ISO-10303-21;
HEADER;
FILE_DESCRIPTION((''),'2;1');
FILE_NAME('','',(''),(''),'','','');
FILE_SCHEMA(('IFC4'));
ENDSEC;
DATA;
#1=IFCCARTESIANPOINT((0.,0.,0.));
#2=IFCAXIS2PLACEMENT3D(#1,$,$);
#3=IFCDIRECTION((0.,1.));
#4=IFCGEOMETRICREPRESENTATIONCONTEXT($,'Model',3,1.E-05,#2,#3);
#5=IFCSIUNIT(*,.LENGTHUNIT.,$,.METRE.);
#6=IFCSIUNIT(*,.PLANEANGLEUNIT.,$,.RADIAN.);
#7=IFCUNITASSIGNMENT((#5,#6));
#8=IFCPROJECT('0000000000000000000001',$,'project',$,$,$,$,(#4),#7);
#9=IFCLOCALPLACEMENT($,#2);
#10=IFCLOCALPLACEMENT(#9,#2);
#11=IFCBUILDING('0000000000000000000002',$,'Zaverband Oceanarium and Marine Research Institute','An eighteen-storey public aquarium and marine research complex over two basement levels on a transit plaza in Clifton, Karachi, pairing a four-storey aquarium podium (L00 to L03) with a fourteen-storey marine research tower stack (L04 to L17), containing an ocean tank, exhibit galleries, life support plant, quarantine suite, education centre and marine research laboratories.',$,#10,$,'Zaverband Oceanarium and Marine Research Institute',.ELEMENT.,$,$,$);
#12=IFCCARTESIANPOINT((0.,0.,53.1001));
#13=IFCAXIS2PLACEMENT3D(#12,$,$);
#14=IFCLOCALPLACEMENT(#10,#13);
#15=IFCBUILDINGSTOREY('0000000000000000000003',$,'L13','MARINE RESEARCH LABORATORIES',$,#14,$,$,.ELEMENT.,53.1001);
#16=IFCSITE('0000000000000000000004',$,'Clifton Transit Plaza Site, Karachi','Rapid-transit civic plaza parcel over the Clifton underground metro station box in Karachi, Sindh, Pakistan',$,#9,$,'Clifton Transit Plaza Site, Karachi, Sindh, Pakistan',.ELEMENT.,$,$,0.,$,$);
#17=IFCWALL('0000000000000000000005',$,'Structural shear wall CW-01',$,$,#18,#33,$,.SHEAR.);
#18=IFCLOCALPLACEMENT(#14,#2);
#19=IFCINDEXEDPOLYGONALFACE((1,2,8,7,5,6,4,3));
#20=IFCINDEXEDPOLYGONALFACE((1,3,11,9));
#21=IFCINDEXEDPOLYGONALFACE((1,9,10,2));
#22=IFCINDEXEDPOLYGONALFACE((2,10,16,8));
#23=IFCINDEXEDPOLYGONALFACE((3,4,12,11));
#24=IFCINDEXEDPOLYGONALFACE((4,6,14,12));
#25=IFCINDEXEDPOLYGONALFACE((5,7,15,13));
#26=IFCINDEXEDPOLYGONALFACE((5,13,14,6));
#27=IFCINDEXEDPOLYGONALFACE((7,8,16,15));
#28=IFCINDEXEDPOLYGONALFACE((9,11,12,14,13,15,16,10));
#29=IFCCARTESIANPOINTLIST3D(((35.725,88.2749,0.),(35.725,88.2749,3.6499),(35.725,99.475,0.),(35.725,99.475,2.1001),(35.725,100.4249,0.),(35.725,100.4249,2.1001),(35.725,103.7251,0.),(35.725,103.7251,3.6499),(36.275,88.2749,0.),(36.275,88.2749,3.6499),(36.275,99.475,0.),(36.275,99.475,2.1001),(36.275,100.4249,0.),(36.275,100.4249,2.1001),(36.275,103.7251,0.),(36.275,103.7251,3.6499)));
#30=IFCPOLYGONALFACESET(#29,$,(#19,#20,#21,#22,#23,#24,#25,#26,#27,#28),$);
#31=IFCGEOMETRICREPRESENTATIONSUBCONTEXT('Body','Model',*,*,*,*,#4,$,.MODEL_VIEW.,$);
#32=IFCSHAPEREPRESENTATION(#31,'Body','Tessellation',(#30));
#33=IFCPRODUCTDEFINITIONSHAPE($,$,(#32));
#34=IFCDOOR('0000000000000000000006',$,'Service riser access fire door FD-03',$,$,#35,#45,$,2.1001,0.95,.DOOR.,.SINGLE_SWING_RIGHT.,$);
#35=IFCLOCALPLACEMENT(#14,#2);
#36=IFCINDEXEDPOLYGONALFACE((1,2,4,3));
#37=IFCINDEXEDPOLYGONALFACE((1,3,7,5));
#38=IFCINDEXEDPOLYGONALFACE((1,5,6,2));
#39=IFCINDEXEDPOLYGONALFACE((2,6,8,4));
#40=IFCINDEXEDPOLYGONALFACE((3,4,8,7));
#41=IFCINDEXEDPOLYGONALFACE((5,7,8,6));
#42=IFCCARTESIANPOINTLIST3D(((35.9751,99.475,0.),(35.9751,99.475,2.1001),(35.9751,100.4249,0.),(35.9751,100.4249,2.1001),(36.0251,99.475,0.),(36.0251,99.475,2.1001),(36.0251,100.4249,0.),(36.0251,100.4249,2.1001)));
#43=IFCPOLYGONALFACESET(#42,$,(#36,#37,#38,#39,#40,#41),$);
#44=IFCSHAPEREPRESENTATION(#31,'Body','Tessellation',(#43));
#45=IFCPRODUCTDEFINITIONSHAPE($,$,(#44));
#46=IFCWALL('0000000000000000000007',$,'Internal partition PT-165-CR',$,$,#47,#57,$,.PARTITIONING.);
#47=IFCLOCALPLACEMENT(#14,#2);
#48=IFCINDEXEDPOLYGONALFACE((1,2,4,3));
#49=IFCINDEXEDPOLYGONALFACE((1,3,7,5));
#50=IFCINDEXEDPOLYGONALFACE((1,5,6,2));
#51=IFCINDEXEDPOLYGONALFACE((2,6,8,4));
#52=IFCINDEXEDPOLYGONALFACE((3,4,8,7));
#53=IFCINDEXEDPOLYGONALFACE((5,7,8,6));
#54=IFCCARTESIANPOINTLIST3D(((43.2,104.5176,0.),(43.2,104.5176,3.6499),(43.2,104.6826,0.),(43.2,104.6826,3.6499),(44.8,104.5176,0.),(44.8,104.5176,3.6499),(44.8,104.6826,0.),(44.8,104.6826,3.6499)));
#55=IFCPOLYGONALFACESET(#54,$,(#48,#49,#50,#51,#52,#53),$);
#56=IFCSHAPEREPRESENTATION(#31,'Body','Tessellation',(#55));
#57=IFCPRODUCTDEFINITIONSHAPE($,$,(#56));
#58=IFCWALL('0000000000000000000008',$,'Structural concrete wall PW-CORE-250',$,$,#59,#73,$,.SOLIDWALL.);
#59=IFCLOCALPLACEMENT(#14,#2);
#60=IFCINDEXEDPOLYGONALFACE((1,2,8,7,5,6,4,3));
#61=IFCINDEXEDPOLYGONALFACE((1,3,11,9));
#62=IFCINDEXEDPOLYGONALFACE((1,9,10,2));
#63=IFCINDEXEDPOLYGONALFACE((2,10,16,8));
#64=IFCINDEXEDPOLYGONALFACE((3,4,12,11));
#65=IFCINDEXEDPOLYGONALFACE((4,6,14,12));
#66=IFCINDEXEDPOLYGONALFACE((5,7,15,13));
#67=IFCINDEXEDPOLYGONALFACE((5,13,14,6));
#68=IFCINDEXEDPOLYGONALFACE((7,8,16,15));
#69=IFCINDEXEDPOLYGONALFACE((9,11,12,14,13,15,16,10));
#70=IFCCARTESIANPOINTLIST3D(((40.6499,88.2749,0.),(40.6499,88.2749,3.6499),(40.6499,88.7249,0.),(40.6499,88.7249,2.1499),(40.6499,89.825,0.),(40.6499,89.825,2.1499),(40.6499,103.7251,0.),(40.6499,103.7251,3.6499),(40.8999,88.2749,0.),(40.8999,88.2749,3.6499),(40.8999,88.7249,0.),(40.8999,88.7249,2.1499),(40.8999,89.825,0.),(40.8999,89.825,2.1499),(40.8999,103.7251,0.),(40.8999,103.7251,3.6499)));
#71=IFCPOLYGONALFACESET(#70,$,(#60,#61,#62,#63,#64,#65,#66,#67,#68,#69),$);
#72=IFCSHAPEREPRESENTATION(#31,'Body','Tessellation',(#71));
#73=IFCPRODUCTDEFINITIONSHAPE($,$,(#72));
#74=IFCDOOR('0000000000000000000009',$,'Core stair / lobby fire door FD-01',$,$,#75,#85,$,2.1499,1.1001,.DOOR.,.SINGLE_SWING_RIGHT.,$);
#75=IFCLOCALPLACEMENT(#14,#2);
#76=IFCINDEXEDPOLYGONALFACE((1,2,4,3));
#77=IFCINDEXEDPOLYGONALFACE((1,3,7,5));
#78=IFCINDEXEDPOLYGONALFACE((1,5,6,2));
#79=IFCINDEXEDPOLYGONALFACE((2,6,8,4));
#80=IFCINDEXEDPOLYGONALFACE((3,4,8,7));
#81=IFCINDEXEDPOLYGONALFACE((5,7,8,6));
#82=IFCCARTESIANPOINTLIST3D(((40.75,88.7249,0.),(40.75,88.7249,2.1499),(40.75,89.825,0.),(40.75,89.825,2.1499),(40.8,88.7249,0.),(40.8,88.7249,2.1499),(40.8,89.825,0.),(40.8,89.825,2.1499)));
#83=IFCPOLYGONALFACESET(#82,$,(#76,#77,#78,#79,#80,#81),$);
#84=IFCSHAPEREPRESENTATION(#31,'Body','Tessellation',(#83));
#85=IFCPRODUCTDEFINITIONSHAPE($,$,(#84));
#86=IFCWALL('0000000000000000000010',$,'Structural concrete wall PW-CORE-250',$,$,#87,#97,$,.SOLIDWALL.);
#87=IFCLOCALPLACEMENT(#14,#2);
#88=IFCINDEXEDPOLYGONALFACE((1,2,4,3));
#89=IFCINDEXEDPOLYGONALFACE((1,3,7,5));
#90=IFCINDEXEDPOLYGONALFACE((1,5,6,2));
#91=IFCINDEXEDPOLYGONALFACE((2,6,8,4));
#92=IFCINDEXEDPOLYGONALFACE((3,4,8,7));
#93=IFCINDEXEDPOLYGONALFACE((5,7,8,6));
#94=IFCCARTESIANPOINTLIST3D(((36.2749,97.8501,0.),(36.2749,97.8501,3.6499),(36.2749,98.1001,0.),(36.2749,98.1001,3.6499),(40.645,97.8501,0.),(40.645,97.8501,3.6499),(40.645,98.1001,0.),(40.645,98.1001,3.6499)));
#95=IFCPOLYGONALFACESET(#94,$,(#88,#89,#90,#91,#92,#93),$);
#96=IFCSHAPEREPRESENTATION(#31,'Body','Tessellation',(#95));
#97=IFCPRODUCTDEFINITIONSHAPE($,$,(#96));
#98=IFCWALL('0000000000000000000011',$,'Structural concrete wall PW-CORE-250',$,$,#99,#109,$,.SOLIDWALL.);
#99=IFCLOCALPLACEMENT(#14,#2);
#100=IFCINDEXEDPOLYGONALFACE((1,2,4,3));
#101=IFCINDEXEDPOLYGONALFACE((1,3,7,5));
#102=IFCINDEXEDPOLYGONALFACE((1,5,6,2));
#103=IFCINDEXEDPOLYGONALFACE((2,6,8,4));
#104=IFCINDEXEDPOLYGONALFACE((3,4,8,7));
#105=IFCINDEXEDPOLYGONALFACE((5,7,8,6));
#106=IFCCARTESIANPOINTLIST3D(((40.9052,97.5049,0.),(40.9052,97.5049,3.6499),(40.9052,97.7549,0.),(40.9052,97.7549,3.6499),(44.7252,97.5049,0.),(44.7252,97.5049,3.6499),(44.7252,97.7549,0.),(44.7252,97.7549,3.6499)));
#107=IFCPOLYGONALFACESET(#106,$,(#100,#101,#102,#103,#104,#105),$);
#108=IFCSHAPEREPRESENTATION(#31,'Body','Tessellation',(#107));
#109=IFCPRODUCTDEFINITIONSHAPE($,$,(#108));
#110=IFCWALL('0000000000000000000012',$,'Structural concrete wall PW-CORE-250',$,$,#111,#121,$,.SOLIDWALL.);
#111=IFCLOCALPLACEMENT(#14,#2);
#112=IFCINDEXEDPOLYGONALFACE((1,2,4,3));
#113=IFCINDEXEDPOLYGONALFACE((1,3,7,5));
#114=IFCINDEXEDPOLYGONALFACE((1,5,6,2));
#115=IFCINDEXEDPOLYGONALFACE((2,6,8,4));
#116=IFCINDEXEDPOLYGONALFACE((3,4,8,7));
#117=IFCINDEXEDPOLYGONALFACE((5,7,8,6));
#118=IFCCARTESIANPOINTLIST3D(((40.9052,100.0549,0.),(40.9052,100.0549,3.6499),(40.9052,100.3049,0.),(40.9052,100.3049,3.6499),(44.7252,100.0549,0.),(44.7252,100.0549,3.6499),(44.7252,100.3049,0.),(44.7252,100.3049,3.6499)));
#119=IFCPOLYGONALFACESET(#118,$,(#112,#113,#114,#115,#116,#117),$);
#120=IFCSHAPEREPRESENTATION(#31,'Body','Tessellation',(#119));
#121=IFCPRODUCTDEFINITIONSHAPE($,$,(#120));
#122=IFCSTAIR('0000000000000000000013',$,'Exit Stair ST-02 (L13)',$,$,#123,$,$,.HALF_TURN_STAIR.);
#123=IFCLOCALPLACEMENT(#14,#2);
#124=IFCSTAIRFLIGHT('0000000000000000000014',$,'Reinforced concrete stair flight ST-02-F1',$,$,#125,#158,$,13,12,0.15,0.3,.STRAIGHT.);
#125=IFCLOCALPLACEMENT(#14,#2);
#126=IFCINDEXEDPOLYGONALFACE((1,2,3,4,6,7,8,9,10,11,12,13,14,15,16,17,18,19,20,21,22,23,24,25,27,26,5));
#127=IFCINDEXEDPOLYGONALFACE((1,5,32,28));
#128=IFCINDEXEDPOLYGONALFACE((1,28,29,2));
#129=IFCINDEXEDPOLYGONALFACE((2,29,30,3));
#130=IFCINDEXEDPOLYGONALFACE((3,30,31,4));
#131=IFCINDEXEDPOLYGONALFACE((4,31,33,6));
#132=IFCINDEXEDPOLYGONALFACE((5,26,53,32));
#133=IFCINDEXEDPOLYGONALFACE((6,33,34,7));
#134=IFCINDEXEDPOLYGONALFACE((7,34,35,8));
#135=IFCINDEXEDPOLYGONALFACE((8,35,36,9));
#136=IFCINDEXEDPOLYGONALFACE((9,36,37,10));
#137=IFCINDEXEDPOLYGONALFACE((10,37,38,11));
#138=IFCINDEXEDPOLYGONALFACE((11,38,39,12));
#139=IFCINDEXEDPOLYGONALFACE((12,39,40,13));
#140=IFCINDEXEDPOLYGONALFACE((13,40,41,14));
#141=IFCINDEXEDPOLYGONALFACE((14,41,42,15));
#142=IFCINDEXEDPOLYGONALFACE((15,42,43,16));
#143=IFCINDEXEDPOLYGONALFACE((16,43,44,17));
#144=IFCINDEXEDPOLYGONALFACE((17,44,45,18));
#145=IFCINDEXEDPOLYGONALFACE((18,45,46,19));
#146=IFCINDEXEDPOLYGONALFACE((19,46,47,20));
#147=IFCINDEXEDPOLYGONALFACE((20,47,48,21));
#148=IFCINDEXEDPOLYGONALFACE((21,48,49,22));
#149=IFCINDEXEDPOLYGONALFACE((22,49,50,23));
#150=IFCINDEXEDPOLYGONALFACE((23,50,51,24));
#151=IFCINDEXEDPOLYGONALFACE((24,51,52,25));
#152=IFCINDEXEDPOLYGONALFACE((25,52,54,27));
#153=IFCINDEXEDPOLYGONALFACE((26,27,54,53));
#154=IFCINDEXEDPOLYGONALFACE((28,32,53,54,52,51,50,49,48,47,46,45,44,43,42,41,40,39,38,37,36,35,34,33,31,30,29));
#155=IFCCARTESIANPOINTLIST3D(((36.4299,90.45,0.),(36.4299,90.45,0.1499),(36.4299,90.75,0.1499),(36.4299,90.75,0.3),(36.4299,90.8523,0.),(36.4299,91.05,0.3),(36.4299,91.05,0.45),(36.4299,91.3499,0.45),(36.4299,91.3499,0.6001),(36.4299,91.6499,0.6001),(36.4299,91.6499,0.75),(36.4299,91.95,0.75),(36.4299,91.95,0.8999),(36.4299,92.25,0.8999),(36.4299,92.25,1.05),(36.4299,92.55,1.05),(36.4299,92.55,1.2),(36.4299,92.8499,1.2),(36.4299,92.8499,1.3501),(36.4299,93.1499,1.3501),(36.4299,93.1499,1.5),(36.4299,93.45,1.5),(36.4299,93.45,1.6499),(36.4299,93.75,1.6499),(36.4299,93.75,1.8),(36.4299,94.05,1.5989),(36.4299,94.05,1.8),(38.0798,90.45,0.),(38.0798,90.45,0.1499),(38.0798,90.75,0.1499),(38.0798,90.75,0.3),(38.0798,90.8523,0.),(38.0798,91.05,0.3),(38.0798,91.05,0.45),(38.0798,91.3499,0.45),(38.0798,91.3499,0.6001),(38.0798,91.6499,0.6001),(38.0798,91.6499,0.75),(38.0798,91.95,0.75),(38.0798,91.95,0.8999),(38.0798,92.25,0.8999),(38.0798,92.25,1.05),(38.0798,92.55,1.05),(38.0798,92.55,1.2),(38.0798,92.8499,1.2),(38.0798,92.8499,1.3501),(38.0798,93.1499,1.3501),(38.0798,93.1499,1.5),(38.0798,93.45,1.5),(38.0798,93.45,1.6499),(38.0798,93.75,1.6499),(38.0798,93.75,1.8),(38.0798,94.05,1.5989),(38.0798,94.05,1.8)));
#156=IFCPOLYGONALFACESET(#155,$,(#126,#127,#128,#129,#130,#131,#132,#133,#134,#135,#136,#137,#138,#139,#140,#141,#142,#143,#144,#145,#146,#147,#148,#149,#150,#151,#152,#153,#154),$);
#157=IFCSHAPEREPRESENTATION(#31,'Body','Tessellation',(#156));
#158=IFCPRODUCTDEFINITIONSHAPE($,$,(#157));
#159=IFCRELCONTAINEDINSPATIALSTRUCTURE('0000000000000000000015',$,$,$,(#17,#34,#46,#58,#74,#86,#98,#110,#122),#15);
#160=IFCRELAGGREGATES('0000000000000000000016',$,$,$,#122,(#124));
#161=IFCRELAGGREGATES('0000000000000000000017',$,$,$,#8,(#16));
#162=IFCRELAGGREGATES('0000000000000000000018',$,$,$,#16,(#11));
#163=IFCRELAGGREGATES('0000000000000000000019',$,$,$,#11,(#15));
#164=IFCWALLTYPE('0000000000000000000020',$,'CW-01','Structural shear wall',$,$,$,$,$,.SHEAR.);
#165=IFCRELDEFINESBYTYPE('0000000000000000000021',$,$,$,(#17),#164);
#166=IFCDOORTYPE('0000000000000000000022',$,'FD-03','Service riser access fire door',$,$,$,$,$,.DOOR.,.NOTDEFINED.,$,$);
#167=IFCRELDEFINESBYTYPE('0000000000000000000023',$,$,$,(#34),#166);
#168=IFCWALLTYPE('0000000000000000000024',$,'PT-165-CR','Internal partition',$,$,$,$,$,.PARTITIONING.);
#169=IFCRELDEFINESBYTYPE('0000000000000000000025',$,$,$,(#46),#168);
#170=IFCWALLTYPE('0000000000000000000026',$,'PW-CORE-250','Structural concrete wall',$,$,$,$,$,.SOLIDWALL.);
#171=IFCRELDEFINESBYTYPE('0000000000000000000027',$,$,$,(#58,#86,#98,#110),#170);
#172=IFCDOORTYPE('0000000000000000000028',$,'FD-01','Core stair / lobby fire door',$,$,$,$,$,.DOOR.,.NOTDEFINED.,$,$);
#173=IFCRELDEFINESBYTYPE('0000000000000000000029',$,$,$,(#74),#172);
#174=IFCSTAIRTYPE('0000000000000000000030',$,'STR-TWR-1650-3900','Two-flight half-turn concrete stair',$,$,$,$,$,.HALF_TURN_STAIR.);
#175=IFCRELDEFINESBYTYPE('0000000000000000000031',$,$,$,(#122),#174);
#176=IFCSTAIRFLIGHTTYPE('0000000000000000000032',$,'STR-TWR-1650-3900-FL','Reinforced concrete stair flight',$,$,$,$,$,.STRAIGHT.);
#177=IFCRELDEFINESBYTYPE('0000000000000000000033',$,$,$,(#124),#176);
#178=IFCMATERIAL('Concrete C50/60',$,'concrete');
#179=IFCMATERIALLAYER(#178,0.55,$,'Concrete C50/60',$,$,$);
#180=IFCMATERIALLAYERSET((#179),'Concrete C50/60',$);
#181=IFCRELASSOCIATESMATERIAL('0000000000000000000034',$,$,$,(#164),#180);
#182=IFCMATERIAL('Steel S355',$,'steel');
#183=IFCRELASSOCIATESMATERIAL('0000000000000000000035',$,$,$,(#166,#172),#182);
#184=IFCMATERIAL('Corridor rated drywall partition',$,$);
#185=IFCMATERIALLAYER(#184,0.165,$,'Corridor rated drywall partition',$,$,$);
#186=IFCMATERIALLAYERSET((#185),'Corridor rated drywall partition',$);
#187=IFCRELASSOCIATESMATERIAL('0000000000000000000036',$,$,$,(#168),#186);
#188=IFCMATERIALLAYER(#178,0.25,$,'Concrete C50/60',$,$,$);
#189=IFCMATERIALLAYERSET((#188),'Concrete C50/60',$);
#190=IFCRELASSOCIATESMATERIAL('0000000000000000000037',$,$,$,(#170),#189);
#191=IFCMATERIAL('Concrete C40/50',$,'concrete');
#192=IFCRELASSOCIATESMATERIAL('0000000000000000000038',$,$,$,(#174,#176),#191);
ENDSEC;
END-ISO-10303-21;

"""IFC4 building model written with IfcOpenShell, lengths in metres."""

from ifc_helpers import new_model, si_unit, direction, frame, frame_2d, origin, place, context, subcontext, project, spatial, polyline, rectangle, outline, extrude, material, layer, layer_set, type_object, element, fill, aggregate, save


model = new_model("IFC4")

# Units and contexts
model_context = context("Model", 3, precision=1e-05, world=origin(), true_north=direction((0.0, 1.0)))
body_context = subcontext(model_context, "Body", "Model", "MODEL_VIEW")
ifc_project = project(units=[si_unit("LENGTHUNIT", "METRE"), si_unit("PLANEANGLEUNIT", "RADIAN")], contexts=[model_context])

# Site, building, storey
site_placement = place(None, origin())
site = spatial("IfcSite", under=ifc_project, at=site_placement, Name="Clifton Transit Plaza Site, Karachi", Description="Rapid-transit civic plaza parcel over the Clifton underground metro station box in Karachi, Sindh, Pakistan", LongName="Clifton Transit Plaza Site, Karachi, Sindh, Pakistan", CompositionType="ELEMENT", RefElevation=0.0)
building_placement = place(site_placement, origin())
building = spatial("IfcBuilding", under=site, at=building_placement, Name="Zaverband Oceanarium and Marine Research Institute", Description="An eighteen-storey public aquarium and marine research complex over two basement levels on a transit plaza in Clifton, Karachi, pairing a four-storey aquarium podium (L00 to L03) with a fourteen-storey marine research tower stack (L04 to L17), containing an ocean tank, exhibit galleries, life support plant, quarantine suite, education centre and marine research laboratories.", LongName="Zaverband Oceanarium and Marine Research Institute", CompositionType="ELEMENT")
storey_placement = place(building_placement, frame((0.0, 0.0, 53.1001)))
storey = spatial("IfcBuildingStorey", under=building, at=storey_placement, Name="L13", Description="MARINE RESEARCH LABORATORIES", CompositionType="ELEMENT", Elevation=53.1001)

# Shared definitions
ifc_material_1 = material(Name="Concrete C50/60", Category="concrete")

# Shared definitions
ifc_material_2 = material(Name="Concrete C40/50", Category="concrete")

# Shared definitions
ifc_layer_1 = layer(ifc_material_1, 0.55, Name="Concrete C50/60")
ifc_layer_set_1 = layer_set([ifc_layer_1], Name="Concrete C50/60")
wall_type_1 = type_object("IfcWallType", Name="CW-01", Description="Structural shear wall", PredefinedType="SHEAR", material=ifc_layer_set_1)
ifc_material_3 = material(Name="Steel S355", Category="steel")

# Wall, opening, door
wall_1_placement = place(storey_placement, frame((36.0, 88.2749, 0.0), z_axis=(0.0, 0.0, 1.0), x_axis=(0.0, 1.0, 0.0)))
wall_1 = element("IfcWall", 1, at=wall_1_placement, inside=storey, type_object=wall_type_1, Name="Structural shear wall CW-01", PredefinedType="SHEAR", context=body_context, shape_type="SweptSolid", body=[
    extrude(rectangle(XDim=15.4502, YDim=0.55, at=frame_2d((7.7251, 0.0))), origin(), (0.0, 0.0, 1.0), 3.6499),
])
opening_1_placement = place(wall_1_placement, frame((11.2, 0.0, 0.0)))
opening_1 = element("IfcOpeningElement", 2, at=opening_1_placement, cuts=wall_1, PredefinedType="OPENING", context=body_context, shape_type="SweptSolid", body=[
    extrude(rectangle(XDim=0.95, YDim=2.1001, at=frame_2d((0.4751, 1.05))), frame((0.0, 0.2871, 0.0), z_axis=(0.0, -1.0, 0.0), x_axis=(1.0, 0.0, 0.0)), (0.0, 0.0, 1.0), 0.574),
])
door_type_1 = type_object("IfcDoorType", Name="FD-03", Description="Service riser access fire door", OperationType="NOTDEFINED", PredefinedType="DOOR", material=ifc_material_3)
door_1_placement = place(opening_1_placement, origin())
door_1 = element("IfcDoor", 3, at=door_1_placement, inside=storey, type_object=door_type_1, Name="Service riser access fire door FD-03", OperationType="SINGLE_SWING_RIGHT", OverallHeight=2.1001, OverallWidth=0.95, PredefinedType="DOOR", context=body_context, shape_type="SweptSolid", body=[
    extrude(rectangle(XDim=0.95, YDim=2.1001, at=frame_2d((0.4751, 1.05))), frame((0.0, 0.0249, 0.0), z_axis=(0.0, -1.0, 0.0), x_axis=(1.0, 0.0, 0.0)), (0.0, 0.0, 1.0), 0.05),
])
fill(opening_1, door_1)

# Wall
ifc_material_4 = material(Name="Corridor rated drywall partition")
ifc_layer_2 = layer(ifc_material_4, 0.165, Name="Corridor rated drywall partition")
ifc_layer_set_2 = layer_set([ifc_layer_2], Name="Corridor rated drywall partition")
wall_type_2 = type_object("IfcWallType", Name="PT-165-CR", Description="Internal partition", PredefinedType="PARTITIONING", material=ifc_layer_set_2)
wall_2_placement = place(storey_placement, frame((43.2, 104.6001, 0.0), z_axis=(0.0, 0.0, 1.0), x_axis=(1.0, 0.0, 0.0)))
element("IfcWall", 4, at=wall_2_placement, inside=storey, type_object=wall_type_2, Name="Internal partition PT-165-CR", PredefinedType="PARTITIONING", context=body_context, shape_type="SweptSolid", body=[
    extrude(rectangle(XDim=1.6001, YDim=0.165, at=frame_2d((0.8, 0.0))), origin(), (0.0, 0.0, 1.0), 3.6499),
])

# Wall, opening, door
ifc_layer_3 = layer(ifc_material_1, 0.25, Name="Concrete C50/60")
ifc_layer_set_3 = layer_set([ifc_layer_3], Name="Concrete C50/60")
wall_type_3 = type_object("IfcWallType", Name="PW-CORE-250", Description="Structural concrete wall", PredefinedType="SOLIDWALL", material=ifc_layer_set_3)
wall_3_placement = place(storey_placement, frame((40.7749, 88.2749, 0.0), z_axis=(0.0, 0.0, 1.0), x_axis=(0.0, 1.0, 0.0)))
wall_3 = element("IfcWall", 5, at=wall_3_placement, inside=storey, type_object=wall_type_3, Name="Structural concrete wall PW-CORE-250", PredefinedType="SOLIDWALL", context=body_context, shape_type="SweptSolid", body=[
    extrude(rectangle(XDim=15.4502, YDim=0.25, at=frame_2d((7.7251, 0.0))), origin(), (0.0, 0.0, 1.0), 3.6499),
])
opening_2_placement = place(wall_3_placement, frame((0.45, 0.0, 0.0)))
opening_2 = element("IfcOpeningElement", 6, at=opening_2_placement, cuts=wall_3, PredefinedType="OPENING", context=body_context, shape_type="SweptSolid", body=[
    extrude(rectangle(XDim=1.1001, YDim=2.1499, at=frame_2d((0.55, 1.075))), frame((0.0, 0.137, 0.0), z_axis=(0.0, -1.0, 0.0), x_axis=(1.0, 0.0, 0.0)), (0.0, 0.0, 1.0), 0.2739),
])
door_type_2 = type_object("IfcDoorType", Name="FD-01", Description="Core stair / lobby fire door", OperationType="NOTDEFINED", PredefinedType="DOOR", material=ifc_material_3)
door_2_placement = place(opening_2_placement, origin())
door_2 = element("IfcDoor", 7, at=door_2_placement, inside=storey, type_object=door_type_2, Name="Core stair / lobby fire door FD-01", OperationType="SINGLE_SWING_RIGHT", OverallHeight=2.1499, OverallWidth=1.1001, PredefinedType="DOOR", context=body_context, shape_type="SweptSolid", body=[
    extrude(rectangle(XDim=1.1001, YDim=2.1499, at=frame_2d((0.55, 1.075))), frame((0.0, 0.0249, 0.0), z_axis=(0.0, -1.0, 0.0), x_axis=(1.0, 0.0, 0.0)), (0.0, 0.0, 1.0), 0.05),
])
fill(opening_2, door_2)

# Wall
wall_4_placement = place(storey_placement, frame((36.2749, 97.9751, 0.0), z_axis=(0.0, 0.0, 1.0), x_axis=(1.0, 0.0, 0.0)))
element("IfcWall", 8, at=wall_4_placement, inside=storey, type_object=wall_type_3, Name="Structural concrete wall PW-CORE-250", PredefinedType="SOLIDWALL", context=body_context, shape_type="SweptSolid", body=[
    extrude(rectangle(XDim=4.3701, YDim=0.25, at=frame_2d((2.1851, 0.0))), origin(), (0.0, 0.0, 1.0), 3.6499),
])

# Walls
for number, where, z_axis, x_axis, name in (
    (9, (40.905, 97.6299, 0.0), (0.0, 0.0, 1.0), (1.0, 0.0, 0.0), "Structural concrete wall PW-CORE-250"),
    (10, (40.905, 100.1799, 0.0), (0.0, 0.0, 1.0), (1.0, 0.0, 0.0), "Structural concrete wall PW-CORE-250"),
):
    element("IfcWall", number, at=place(storey_placement, frame(where, z_axis=z_axis, x_axis=x_axis)), inside=storey, type_object=wall_type_3, Name=name, PredefinedType="SOLIDWALL", context=body_context, shape_type="SweptSolid", body=[
        extrude(rectangle(XDim=3.8201, YDim=0.25, at=frame_2d((1.9102, 0.0))), origin(), (0.0, 0.0, 1.0), 3.6499),
    ])

# Stair, stair flight
stair_type = type_object("IfcStairType", Name="STR-TWR-1650-3900", Description="Two-flight half-turn concrete stair", PredefinedType="HALF_TURN_STAIR", material=ifc_material_2)
stair_placement = place(storey_placement, origin())
stair = element("IfcStair", 11, at=stair_placement, inside=storey, type_object=stair_type, Name="Exit Stair ST-02 (L13)", PredefinedType="HALF_TURN_STAIR")
stair_flight_type = type_object("IfcStairFlightType", Name="STR-TWR-1650-3900-FL", Description="Reinforced concrete stair flight", PredefinedType="STRAIGHT", material=ifc_material_2)
stair_flight_1_placement = place(storey_placement, frame((37.2549, 90.45, 0.0), z_axis=(0.0, 0.0, 1.0), x_axis=(0.0, 1.0, 0.0)))
stair_flight_1 = element("IfcStairFlight", 12, at=stair_flight_1_placement, type_object=stair_flight_type, Name="Reinforced concrete stair flight ST-02-F1", NumberOfRisers=13, NumberOfTreads=12, PredefinedType="STRAIGHT", RiserHeight=0.15, TreadLength=0.3, context=body_context, shape_type="SweptSolid", body=[
    extrude(outline(polyline([(0.0, 0.0), (0.0, 0.1499), (0.3, 0.1499), (0.3, 0.3), (0.6001, 0.3), (0.6001, 0.45), (0.8999, 0.45), (0.8999, 0.6001), (1.2, 0.6001), (1.2, 0.75), (1.5, 0.75), (1.5, 0.8999), (1.8, 0.8999), (1.8, 1.05), (2.1001, 1.05), (2.1001, 1.2), (2.3999, 1.2), (2.3999, 1.3501), (2.7, 1.3501), (2.7, 1.5), (3.0, 1.5), (3.0, 1.6499), (3.3, 1.6499), (3.3, 1.8), (3.6001, 1.8), (3.6001, 1.95), (3.6001, 1.5989), (0.4023, 0.0), (0.0, 0.0)])), frame((0.0, 0.825, 0.0), z_axis=(0.0, -1.0, 0.0), x_axis=(1.0, 0.0, 0.0)), (0.0, 0.0, 1.0), 1.6499),
])
aggregate(stair, [stair_flight_1])

save(model, "model.ifc")
